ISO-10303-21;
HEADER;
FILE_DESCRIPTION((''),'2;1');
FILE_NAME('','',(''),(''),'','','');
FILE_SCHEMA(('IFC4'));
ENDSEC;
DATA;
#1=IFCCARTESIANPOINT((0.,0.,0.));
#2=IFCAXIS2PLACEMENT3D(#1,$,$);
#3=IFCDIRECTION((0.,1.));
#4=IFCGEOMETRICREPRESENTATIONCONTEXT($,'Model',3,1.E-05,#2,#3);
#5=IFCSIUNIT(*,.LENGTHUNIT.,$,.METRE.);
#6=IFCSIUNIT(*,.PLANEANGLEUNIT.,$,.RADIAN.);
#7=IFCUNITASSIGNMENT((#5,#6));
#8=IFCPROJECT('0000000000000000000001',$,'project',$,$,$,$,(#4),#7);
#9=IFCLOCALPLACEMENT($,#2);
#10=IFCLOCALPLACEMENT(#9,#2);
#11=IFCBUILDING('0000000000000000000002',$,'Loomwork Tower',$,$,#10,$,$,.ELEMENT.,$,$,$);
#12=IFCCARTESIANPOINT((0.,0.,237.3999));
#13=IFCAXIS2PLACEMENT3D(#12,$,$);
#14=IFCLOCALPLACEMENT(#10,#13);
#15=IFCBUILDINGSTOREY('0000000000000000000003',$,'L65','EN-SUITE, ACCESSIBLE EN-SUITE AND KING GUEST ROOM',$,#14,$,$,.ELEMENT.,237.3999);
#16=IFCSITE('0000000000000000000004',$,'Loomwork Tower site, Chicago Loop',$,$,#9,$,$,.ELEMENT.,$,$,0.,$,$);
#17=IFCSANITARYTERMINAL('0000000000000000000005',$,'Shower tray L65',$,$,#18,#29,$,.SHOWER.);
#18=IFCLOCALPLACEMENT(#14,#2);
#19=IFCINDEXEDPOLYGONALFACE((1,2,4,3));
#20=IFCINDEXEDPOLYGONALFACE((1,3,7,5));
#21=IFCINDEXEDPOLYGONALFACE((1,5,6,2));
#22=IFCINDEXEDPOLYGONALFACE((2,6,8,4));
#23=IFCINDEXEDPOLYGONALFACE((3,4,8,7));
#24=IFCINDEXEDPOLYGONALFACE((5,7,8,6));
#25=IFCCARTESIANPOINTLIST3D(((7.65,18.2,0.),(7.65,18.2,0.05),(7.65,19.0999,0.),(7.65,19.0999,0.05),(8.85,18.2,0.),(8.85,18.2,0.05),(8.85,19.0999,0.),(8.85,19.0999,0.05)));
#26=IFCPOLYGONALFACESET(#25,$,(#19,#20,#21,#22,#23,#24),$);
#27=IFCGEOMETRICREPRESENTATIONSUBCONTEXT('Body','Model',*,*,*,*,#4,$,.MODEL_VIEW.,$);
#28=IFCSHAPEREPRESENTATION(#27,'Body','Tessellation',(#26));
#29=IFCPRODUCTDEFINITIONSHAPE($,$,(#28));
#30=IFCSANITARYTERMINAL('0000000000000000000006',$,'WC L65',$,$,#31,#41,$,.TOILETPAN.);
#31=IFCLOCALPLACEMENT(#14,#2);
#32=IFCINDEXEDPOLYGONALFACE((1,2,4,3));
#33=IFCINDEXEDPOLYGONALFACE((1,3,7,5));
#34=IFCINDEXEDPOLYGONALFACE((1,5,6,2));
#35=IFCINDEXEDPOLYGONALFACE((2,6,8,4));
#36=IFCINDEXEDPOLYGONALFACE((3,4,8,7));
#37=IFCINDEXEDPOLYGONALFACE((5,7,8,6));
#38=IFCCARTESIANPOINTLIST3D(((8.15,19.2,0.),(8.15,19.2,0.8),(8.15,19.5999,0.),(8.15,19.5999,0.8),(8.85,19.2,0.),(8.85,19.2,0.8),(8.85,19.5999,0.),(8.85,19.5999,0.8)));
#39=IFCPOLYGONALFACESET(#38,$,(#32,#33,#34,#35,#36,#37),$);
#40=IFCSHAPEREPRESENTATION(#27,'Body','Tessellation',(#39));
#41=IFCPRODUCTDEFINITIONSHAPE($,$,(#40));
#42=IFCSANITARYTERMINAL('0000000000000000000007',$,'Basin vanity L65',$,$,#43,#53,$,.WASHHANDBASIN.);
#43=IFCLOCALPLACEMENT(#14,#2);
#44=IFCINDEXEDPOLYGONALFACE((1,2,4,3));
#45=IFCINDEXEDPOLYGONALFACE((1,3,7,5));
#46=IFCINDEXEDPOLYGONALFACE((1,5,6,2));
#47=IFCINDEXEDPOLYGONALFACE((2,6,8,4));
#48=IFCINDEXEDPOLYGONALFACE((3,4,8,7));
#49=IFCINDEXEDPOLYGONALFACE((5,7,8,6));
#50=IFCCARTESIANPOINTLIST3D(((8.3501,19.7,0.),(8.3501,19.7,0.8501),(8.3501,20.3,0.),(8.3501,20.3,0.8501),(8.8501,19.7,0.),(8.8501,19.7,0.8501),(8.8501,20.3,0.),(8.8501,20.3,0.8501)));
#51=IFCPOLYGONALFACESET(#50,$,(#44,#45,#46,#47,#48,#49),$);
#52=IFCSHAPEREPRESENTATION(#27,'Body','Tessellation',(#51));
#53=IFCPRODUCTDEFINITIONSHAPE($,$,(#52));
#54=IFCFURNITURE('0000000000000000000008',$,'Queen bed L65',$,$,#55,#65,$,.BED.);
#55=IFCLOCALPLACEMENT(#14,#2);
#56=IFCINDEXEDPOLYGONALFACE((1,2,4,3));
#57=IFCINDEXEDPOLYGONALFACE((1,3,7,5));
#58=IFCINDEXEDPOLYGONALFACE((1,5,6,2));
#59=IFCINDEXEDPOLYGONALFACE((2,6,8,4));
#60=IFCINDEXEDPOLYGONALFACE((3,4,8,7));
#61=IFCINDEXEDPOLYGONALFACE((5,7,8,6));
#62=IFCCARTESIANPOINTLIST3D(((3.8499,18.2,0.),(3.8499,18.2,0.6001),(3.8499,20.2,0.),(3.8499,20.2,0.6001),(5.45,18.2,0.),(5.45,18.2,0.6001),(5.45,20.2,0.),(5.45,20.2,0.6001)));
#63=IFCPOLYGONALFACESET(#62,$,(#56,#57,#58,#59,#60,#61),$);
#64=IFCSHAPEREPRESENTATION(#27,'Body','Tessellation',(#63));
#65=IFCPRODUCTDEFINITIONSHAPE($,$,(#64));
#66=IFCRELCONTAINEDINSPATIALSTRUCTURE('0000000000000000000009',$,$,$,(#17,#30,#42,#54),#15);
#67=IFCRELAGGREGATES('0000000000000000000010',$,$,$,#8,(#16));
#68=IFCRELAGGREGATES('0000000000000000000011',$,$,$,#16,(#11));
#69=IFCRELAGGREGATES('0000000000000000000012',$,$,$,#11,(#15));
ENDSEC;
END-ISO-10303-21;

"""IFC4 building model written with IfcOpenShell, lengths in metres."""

from ifc_helpers import new_model, si_unit, direction, frame, origin, origin_2d, place, context, subcontext, project, spatial, rectangle, extrude, element, save


model = new_model("IFC4")

# Units and contexts
model_context = context("Model", 3, precision=1e-05, world=origin(), true_north=direction((0.0, 1.0)))
body_context = subcontext(model_context, "Body", "Model", "MODEL_VIEW")
ifc_project = project(units=[si_unit("LENGTHUNIT", "METRE"), si_unit("PLANEANGLEUNIT", "RADIAN")], contexts=[model_context])

# Site, building, storey
site_placement = place(None, origin())
site = spatial("IfcSite", under=ifc_project, at=site_placement, Name="Loomwork Tower site, Chicago Loop", CompositionType="ELEMENT", RefElevation=0.0)
building_placement = place(site_placement, origin())
building = spatial("IfcBuilding", under=site, at=building_placement, Name="Loomwork Tower", CompositionType="ELEMENT")
storey_placement = place(building_placement, frame((0.0, 0.0, 237.3999)))
storey = spatial("IfcBuildingStorey", under=building, at=storey_placement, Name="L65", Description="EN-SUITE, ACCESSIBLE EN-SUITE AND KING GUEST ROOM", CompositionType="ELEMENT", Elevation=237.3999)

# Sanitary terminals
sanitary_terminal_1_placement = place(storey_placement, frame((8.25, 18.6499, 0.0), z_axis=(0.0, 0.0, 1.0), x_axis=(1.0, 0.0, 0.0)))
element("IfcSanitaryTerminal", 1, at=sanitary_terminal_1_placement, inside=storey, Name="Shower tray L65", PredefinedType="SHOWER", context=body_context, shape_type="SweptSolid", body=[
    extrude(rectangle(XDim=1.2, YDim=0.8999, at=origin_2d()), origin(), (0.0, 0.0, 1.0), 0.05),
])
sanitary_terminal_2_placement = place(storey_placement, frame((8.5, 19.3999, 0.0), z_axis=(0.0, 0.0, 1.0), x_axis=(1.0, 0.0, 0.0)))
element("IfcSanitaryTerminal", 2, at=sanitary_terminal_2_placement, inside=storey, Name="WC L65", PredefinedType="TOILETPAN", context=body_context, shape_type="SweptSolid", body=[
    extrude(rectangle(XDim=0.7, YDim=0.3999, at=origin_2d()), origin(), (0.0, 0.0, 1.0), 0.8),
])
sanitary_terminal_3_placement = place(storey_placement, frame((8.6001, 20.0, 0.0), z_axis=(0.0, 0.0, 1.0), x_axis=(1.0, 0.0, 0.0)))
element("IfcSanitaryTerminal", 3, at=sanitary_terminal_3_placement, inside=storey, Name="Basin vanity L65", PredefinedType="WASHHANDBASIN", context=body_context, shape_type="SweptSolid", body=[
    extrude(rectangle(XDim=0.5, YDim=0.6001, at=origin_2d()), origin(), (0.0, 0.0, 1.0), 0.8501),
])

# Furniture
furniture_placement = place(storey_placement, frame((4.6499, 19.2, 0.0), z_axis=(0.0, 0.0, 1.0), x_axis=(1.0, 0.0, 0.0)))
element("IfcFurniture", 4, at=furniture_placement, inside=storey, Name="Queen bed L65", PredefinedType="BED", context=body_context, shape_type="SweptSolid", body=[
    extrude(rectangle(XDim=1.6001, YDim=2.0, at=origin_2d()), origin(), (0.0, 0.0, 1.0), 0.6001),
])

save(model, "model.ifc")
